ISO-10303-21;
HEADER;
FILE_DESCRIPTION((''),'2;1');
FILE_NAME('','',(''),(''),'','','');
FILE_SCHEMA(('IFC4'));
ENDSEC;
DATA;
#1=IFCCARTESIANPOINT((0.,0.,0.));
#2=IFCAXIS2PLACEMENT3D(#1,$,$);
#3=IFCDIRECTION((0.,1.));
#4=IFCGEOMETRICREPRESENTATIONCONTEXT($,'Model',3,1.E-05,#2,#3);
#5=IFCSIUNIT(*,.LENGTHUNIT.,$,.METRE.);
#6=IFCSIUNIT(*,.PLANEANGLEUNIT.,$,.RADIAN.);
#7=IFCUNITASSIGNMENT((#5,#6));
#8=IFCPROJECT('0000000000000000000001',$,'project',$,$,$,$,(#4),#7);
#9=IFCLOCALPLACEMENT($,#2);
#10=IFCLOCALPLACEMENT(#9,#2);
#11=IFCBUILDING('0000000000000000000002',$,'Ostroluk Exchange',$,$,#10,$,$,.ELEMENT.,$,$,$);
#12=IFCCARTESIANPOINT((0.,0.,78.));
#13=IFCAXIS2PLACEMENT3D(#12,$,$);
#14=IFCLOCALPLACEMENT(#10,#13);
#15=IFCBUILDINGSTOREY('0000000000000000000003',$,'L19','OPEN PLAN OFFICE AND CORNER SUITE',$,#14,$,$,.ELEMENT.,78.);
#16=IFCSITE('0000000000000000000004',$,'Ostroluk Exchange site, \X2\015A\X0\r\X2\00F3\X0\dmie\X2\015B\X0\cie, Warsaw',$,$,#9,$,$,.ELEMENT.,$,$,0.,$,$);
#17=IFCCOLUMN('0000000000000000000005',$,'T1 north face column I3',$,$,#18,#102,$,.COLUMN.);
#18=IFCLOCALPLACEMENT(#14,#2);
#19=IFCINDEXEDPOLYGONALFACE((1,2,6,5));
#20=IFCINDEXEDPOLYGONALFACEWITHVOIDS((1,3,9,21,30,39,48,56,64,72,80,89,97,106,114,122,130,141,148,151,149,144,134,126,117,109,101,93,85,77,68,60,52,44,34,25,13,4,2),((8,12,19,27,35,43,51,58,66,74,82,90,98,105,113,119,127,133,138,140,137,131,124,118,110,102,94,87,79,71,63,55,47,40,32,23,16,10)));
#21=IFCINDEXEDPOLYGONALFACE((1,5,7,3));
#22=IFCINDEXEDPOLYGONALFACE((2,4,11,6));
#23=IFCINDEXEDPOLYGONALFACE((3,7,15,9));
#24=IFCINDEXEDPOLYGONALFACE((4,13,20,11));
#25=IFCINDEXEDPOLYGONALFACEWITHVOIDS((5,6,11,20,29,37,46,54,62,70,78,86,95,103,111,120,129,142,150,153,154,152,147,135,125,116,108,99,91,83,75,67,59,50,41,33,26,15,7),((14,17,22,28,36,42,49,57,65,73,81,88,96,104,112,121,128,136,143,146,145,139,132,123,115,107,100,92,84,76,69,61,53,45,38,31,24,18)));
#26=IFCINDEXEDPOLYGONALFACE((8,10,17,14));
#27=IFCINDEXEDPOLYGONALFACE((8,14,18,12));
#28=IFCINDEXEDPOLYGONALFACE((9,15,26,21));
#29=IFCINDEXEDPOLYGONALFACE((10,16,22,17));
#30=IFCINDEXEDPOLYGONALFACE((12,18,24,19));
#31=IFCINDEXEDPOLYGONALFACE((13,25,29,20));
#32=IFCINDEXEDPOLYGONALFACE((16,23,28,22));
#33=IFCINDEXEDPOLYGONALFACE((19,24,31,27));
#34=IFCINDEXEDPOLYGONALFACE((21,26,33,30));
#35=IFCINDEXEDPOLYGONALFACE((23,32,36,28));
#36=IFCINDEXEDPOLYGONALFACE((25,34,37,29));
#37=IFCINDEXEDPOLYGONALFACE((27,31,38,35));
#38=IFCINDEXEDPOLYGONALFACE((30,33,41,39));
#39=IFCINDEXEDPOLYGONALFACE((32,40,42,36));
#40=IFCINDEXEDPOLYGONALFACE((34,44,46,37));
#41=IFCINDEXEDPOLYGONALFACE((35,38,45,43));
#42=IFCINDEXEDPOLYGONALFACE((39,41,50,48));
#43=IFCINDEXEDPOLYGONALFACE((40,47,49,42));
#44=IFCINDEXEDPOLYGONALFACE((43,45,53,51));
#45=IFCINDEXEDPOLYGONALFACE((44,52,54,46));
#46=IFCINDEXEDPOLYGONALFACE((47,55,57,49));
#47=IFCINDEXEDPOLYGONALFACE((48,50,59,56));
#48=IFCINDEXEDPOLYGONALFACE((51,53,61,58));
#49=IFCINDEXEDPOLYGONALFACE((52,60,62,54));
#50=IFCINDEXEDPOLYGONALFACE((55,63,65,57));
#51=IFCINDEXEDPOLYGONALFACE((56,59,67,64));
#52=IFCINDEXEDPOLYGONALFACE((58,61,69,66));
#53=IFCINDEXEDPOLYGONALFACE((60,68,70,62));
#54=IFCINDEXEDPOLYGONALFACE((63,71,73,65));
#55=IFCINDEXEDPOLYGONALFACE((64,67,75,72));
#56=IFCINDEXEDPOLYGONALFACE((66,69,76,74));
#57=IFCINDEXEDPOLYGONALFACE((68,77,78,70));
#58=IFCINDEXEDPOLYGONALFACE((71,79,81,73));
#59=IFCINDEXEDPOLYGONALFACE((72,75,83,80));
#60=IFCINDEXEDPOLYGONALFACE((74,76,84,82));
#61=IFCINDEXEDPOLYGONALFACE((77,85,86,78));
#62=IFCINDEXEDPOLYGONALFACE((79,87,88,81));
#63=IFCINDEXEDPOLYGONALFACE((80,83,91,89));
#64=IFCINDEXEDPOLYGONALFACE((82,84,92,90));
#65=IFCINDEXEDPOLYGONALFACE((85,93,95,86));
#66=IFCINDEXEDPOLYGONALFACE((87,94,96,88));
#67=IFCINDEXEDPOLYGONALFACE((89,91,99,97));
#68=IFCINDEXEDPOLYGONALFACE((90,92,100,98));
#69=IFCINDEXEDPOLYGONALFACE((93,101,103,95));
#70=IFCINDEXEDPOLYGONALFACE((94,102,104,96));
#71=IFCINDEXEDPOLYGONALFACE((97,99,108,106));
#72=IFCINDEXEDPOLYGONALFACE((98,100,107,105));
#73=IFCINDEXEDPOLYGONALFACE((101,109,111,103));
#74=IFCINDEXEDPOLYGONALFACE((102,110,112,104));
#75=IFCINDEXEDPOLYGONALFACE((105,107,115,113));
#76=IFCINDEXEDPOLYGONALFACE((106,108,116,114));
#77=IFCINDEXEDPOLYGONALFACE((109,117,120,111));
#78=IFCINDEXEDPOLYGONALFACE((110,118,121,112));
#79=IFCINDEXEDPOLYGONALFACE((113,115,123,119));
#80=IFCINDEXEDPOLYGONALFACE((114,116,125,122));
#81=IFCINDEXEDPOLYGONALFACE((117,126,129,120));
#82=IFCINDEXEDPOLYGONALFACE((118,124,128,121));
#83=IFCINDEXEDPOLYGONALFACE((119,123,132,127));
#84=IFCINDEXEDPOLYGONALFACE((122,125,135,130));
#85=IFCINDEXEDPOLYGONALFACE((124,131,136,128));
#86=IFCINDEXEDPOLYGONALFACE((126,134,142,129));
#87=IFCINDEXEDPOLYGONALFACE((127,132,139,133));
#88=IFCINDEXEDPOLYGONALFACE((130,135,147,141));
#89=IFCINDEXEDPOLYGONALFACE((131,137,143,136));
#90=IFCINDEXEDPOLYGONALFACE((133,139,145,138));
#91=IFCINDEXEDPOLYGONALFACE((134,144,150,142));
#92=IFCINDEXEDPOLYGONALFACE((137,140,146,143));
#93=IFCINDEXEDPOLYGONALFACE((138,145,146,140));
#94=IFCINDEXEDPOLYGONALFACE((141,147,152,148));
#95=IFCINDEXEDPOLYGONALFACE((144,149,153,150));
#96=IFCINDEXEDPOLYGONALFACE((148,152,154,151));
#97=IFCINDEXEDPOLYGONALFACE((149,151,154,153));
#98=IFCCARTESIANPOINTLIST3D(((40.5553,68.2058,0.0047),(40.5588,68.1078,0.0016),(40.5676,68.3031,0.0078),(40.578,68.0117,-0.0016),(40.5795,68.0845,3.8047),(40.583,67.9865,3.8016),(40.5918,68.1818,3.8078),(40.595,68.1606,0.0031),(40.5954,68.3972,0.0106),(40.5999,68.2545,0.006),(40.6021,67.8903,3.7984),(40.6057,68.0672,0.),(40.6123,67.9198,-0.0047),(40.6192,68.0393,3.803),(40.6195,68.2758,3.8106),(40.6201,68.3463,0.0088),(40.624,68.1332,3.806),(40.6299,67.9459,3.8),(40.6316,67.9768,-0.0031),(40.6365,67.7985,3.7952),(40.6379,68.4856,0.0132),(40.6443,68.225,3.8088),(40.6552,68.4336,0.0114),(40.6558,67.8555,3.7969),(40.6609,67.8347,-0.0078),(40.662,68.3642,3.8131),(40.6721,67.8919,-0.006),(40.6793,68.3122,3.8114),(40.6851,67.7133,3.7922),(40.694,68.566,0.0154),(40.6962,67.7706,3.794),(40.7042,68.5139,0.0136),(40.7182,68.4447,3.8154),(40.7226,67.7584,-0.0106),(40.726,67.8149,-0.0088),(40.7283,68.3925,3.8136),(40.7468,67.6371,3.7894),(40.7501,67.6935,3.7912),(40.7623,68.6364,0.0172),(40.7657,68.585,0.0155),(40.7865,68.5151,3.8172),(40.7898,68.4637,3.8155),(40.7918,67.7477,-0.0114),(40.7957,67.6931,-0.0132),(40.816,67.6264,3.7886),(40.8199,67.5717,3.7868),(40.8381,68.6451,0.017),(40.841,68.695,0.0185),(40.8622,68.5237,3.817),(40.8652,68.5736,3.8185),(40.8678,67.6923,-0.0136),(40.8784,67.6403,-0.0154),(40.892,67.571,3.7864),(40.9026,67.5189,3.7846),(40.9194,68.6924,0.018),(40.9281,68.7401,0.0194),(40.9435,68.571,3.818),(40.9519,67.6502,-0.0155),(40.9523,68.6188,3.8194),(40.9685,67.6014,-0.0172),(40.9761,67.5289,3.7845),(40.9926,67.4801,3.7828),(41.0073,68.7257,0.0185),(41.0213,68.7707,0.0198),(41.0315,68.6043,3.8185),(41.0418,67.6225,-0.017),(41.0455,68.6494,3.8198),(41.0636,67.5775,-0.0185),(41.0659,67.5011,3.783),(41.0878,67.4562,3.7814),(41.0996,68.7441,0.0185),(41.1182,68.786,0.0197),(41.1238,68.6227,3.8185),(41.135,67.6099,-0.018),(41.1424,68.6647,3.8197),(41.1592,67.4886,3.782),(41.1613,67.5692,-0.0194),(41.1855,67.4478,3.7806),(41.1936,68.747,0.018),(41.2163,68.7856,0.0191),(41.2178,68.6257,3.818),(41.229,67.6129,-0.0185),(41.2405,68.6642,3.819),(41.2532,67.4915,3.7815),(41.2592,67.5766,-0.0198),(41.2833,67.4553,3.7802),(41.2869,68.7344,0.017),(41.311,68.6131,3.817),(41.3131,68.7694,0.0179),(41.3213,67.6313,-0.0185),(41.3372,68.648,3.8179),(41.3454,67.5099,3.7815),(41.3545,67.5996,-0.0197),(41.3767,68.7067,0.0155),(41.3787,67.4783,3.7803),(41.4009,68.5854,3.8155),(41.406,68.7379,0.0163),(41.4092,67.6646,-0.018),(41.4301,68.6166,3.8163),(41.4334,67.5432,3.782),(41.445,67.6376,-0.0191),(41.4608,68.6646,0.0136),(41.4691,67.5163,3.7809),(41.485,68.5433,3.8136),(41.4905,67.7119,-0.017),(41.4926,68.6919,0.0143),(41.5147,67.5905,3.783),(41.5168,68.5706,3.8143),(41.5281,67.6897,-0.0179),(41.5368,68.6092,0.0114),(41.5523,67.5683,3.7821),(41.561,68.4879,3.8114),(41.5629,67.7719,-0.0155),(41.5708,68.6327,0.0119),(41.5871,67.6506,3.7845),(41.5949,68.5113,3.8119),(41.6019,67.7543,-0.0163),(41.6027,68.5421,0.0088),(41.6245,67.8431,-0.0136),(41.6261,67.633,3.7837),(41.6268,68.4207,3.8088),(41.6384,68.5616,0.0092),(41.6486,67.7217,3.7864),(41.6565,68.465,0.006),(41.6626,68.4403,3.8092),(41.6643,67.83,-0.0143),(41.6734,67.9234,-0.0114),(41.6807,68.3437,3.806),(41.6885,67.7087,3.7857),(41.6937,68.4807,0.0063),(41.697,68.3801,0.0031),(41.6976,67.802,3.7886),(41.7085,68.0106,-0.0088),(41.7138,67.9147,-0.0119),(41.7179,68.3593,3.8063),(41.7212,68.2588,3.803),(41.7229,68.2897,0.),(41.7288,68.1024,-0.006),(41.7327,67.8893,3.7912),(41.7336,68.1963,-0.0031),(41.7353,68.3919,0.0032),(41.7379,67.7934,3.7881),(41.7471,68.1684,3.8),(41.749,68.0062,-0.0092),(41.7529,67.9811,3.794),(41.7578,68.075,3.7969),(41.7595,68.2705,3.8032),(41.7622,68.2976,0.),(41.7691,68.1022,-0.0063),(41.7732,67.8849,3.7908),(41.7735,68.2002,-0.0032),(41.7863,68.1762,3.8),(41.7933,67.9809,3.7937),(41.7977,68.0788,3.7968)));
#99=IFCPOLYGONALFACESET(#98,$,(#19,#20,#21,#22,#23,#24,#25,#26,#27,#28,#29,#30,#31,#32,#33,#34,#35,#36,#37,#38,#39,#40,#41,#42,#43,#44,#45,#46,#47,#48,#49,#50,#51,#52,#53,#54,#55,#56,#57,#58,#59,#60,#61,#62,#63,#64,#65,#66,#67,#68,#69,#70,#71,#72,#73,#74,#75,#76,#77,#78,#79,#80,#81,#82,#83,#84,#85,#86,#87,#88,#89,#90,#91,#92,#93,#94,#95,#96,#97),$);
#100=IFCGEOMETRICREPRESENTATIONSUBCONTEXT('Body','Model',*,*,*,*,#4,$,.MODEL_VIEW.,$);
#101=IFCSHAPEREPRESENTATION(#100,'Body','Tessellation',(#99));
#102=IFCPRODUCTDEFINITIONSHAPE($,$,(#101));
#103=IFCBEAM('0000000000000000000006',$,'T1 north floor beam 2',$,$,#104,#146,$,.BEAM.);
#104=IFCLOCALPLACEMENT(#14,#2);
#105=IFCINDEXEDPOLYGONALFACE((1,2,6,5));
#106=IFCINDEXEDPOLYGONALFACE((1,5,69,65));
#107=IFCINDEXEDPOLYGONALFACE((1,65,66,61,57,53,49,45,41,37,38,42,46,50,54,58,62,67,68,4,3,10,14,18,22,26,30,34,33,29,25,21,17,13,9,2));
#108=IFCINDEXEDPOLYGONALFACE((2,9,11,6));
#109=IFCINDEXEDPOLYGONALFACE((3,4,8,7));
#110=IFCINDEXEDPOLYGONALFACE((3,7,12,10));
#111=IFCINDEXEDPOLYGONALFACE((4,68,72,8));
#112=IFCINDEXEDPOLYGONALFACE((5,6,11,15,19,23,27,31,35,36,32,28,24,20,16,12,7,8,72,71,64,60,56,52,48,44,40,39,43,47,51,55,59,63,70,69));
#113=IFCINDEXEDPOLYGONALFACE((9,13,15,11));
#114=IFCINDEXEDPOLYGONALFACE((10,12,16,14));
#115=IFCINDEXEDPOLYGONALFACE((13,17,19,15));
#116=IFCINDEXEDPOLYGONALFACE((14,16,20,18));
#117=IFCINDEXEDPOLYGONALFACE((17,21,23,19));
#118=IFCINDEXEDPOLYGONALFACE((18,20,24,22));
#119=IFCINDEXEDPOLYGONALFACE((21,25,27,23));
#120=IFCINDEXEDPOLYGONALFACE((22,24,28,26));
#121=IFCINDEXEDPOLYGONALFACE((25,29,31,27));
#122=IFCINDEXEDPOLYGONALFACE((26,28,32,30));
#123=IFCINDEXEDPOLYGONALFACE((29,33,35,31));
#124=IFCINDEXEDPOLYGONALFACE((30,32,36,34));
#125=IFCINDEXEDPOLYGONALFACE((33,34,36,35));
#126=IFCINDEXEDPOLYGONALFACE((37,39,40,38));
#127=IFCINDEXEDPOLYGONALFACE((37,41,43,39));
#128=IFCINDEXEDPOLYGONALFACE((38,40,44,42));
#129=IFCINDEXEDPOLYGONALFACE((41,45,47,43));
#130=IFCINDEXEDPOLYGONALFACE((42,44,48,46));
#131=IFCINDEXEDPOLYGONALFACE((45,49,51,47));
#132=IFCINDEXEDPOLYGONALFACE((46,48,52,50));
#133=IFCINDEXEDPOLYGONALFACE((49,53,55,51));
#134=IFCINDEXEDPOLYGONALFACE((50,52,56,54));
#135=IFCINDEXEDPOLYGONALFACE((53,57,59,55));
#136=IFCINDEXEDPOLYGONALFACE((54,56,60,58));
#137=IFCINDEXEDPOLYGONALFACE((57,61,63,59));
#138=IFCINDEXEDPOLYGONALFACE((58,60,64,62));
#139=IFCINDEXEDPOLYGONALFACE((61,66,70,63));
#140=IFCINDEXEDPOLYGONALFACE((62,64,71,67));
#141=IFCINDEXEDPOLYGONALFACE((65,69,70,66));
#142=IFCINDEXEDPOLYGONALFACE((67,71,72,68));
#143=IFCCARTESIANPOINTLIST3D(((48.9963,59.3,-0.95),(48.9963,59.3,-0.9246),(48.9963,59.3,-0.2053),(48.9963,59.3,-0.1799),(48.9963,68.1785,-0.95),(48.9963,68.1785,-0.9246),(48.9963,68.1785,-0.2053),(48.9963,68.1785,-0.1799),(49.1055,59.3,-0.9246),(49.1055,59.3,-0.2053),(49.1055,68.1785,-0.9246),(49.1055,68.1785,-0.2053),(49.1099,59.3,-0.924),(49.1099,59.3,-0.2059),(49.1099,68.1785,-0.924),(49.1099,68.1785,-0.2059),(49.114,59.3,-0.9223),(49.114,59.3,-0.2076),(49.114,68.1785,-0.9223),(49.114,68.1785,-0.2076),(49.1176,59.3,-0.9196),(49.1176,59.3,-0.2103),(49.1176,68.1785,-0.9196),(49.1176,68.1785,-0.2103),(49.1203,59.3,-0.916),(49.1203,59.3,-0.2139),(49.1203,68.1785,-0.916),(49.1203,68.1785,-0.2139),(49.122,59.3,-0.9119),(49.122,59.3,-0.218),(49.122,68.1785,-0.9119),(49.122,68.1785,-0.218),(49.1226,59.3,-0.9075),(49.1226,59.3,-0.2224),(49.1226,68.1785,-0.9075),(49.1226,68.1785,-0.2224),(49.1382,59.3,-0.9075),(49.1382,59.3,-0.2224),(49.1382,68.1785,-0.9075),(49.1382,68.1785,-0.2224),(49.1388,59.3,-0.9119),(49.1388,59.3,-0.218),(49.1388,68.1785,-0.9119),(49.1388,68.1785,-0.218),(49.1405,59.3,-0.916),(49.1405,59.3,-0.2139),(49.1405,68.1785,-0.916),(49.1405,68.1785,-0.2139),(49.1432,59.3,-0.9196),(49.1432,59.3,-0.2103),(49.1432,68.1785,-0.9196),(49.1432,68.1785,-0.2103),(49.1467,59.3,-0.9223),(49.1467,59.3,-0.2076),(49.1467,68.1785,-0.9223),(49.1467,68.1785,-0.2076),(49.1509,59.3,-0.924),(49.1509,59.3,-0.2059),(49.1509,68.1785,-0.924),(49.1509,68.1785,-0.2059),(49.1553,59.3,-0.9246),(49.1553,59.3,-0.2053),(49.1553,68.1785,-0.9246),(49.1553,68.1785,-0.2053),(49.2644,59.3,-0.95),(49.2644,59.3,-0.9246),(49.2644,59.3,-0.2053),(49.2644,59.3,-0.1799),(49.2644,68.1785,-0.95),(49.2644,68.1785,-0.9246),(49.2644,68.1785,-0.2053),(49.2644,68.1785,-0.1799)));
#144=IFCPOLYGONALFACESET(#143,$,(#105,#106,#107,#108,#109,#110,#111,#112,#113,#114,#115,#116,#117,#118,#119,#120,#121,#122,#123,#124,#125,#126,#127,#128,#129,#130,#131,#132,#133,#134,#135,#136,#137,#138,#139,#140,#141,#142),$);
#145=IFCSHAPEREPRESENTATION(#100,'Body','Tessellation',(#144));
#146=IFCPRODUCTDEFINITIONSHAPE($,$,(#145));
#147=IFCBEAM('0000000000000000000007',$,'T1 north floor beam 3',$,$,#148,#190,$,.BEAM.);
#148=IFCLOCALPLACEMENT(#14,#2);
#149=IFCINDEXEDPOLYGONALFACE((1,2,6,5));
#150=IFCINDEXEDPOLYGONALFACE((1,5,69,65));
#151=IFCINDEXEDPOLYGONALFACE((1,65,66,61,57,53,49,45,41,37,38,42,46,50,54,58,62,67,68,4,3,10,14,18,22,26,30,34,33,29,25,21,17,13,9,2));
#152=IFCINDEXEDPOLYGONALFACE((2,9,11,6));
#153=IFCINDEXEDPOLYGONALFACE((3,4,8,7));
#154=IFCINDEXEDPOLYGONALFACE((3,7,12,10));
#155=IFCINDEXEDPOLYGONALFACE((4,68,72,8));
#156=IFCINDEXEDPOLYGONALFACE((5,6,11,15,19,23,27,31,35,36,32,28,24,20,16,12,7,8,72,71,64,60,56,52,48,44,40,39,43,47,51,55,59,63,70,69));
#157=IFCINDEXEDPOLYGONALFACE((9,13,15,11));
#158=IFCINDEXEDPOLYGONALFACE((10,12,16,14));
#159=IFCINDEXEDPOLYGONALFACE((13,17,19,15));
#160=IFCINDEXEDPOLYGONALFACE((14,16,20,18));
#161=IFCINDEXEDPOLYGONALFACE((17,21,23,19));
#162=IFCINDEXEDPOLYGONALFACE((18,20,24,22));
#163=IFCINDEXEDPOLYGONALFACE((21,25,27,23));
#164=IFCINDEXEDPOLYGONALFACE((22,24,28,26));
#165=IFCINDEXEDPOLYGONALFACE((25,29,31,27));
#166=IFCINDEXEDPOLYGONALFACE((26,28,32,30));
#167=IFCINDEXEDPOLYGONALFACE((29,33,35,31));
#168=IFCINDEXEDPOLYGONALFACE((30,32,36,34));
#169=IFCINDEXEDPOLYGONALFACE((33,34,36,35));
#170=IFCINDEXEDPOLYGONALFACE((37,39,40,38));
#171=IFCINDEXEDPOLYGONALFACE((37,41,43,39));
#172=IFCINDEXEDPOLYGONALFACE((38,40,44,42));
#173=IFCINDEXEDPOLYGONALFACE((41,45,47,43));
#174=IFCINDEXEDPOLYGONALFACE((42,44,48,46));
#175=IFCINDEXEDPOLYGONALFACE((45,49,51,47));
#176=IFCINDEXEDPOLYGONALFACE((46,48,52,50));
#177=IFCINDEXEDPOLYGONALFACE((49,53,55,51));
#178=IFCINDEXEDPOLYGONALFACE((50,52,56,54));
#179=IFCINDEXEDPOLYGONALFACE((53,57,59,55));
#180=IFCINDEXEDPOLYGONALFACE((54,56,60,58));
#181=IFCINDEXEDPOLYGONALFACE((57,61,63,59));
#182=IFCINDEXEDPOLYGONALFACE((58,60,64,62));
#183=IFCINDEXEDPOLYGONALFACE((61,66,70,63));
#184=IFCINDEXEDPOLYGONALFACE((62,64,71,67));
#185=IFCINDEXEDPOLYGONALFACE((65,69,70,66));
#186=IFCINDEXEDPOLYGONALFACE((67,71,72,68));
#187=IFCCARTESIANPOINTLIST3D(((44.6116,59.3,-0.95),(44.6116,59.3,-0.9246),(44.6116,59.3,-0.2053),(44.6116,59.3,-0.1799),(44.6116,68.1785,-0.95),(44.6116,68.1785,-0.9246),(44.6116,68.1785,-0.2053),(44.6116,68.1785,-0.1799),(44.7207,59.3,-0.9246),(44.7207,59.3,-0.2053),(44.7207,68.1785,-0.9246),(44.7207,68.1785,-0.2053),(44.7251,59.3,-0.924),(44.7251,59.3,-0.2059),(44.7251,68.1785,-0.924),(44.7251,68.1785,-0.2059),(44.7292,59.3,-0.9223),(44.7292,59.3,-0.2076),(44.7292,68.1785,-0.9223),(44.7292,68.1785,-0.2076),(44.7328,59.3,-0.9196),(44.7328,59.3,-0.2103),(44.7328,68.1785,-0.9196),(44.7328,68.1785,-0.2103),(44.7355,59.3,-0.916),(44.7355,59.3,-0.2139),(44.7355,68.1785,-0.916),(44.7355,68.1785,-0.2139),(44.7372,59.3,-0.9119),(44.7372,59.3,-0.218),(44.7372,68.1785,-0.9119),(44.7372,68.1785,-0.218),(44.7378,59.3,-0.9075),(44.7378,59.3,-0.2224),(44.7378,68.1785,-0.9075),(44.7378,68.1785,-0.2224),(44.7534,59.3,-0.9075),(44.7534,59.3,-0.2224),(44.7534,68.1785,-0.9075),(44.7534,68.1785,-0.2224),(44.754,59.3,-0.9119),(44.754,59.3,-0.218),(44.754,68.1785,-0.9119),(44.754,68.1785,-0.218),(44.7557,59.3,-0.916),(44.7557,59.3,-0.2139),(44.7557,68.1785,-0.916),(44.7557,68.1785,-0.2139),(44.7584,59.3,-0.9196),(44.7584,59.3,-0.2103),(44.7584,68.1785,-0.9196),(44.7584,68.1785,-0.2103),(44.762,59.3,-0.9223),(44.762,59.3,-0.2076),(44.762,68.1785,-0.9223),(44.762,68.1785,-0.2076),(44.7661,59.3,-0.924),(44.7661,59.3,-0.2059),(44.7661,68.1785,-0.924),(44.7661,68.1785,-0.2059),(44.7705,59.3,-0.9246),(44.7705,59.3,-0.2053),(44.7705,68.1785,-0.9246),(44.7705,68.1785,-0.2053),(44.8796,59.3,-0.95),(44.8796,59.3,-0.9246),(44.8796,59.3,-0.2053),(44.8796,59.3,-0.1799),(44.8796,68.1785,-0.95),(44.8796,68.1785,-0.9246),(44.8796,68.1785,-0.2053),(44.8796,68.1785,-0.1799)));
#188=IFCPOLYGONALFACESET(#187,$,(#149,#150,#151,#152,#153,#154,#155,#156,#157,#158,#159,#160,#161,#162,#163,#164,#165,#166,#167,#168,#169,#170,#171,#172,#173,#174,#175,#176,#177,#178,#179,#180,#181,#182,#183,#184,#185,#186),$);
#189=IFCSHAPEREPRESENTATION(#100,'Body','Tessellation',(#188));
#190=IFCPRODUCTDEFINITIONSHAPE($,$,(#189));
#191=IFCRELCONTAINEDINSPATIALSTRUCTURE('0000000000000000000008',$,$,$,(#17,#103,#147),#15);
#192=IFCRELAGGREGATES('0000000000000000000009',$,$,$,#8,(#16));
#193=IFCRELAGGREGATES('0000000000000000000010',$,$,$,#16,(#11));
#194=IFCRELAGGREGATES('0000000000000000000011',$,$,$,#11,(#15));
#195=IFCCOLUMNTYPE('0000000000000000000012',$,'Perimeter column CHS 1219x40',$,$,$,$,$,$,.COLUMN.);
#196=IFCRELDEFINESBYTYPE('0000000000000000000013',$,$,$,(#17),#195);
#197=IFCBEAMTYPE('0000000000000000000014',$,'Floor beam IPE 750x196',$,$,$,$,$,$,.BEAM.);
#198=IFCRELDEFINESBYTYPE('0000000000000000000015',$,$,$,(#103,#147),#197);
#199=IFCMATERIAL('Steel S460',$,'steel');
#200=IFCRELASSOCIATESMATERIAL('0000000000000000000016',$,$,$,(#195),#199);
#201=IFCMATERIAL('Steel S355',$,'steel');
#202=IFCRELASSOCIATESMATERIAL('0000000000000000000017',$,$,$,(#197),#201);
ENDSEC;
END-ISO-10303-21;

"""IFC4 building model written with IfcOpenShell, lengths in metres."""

from ifc_helpers import new_model, si_unit, direction, frame, origin, origin_2d, place, context, subcontext, project, spatial, hollow_circle, i_section, extrude, material, material_profile, profile_set, type_object, element, save


model = new_model("IFC4")

# Units and contexts
model_context = context("Model", 3, precision=1e-05, world=origin(), true_north=direction((0.0, 1.0)))
body_context = subcontext(model_context, "Body", "Model", "MODEL_VIEW")
ifc_project = project(units=[si_unit("LENGTHUNIT", "METRE"), si_unit("PLANEANGLEUNIT", "RADIAN")], contexts=[model_context])

# Site, building, storey
site_placement = place(None, origin())
site = spatial("IfcSite", under=ifc_project, at=site_placement, Name="Ostroluk Exchange site, Śródmieście, Warsaw", CompositionType="ELEMENT", RefElevation=0.0)
building_placement = place(site_placement, origin())
building = spatial("IfcBuilding", under=site, at=building_placement, Name="Ostroluk Exchange", CompositionType="ELEMENT")
storey_placement = place(building_placement, frame((0.0, 0.0, 78.0)))
storey = spatial("IfcBuildingStorey", under=building, at=storey_placement, Name="L19", Description="OPEN PLAN OFFICE AND CORNER SUITE", CompositionType="ELEMENT", Elevation=78.0)

# Column
ifc_material_1 = material(Name="Steel S460", Category="steel")
ifc_material_profile_1 = material_profile(ifc_material_1, hollow_circle(Radius=0.6096, WallThickness=0.04, at=origin_2d()), Name="CHS 1219x40")
ifc_profile_set_1 = profile_set([ifc_material_profile_1], Name="Steel S460")
column_type = type_object("IfcColumnType", Name="Perimeter column CHS 1219x40", PredefinedType="COLUMN", material=ifc_profile_set_1)
column_placement = place(storey_placement, frame((41.1643, 68.1785, 0.0), z_axis=(0.006357, -0.031914, 0.99947), x_axis=(0.980732, 0.195357, 0.0)))
element("IfcColumn", 1, at=column_placement, inside=storey, type_object=column_type, Name="T1 north face column I3", PredefinedType="COLUMN", context=body_context, shape_type="SweptSolid", body=[
    extrude(hollow_circle(Radius=0.6096, WallThickness=0.04, at=origin_2d()), origin(), (0.0, 0.0, 1.0), 3.802),
])

# Beams
ifc_material_2 = material(Name="Steel S355", Category="steel")
ifc_material_profile_2 = material_profile(ifc_material_2, i_section(OverallWidth=0.2681, OverallDepth=0.77, WebThickness=0.0156, FlangeThickness=0.0254, FilletRadius=0.0171, at=origin_2d()), Name="IPE 750x196")
ifc_profile_set_2 = profile_set([ifc_material_profile_2], Name="Steel S355")
beam_type_1 = type_object("IfcBeamType", Name="Floor beam IPE 750x196", PredefinedType="BEAM", material=ifc_profile_set_2)
for number, where, z_axis, x_axis, name in (
    (2, (49.1304, 59.3, -0.5649), (0.0, 1.0, 0.0), (-1.0, 0.0, 0.0), "T1 north floor beam 2"),
    (3, (44.7456, 59.3, -0.5649), (0.0, 1.0, 0.0), (-1.0, 0.0, 0.0), "T1 north floor beam 3"),
):
    element("IfcBeam", number, at=place(storey_placement, frame(where, z_axis=z_axis, x_axis=x_axis)), inside=storey, type_object=beam_type_1, Name=name, PredefinedType="BEAM", context=body_context, shape_type="SweptSolid", body=[
        extrude(i_section(OverallWidth=0.2681, OverallDepth=0.77, WebThickness=0.0156, FlangeThickness=0.0254, FilletRadius=0.0171, at=origin_2d()), origin(), (0.0, 0.0, 1.0), 8.8784),
    ])

save(model, "model.ifc")
